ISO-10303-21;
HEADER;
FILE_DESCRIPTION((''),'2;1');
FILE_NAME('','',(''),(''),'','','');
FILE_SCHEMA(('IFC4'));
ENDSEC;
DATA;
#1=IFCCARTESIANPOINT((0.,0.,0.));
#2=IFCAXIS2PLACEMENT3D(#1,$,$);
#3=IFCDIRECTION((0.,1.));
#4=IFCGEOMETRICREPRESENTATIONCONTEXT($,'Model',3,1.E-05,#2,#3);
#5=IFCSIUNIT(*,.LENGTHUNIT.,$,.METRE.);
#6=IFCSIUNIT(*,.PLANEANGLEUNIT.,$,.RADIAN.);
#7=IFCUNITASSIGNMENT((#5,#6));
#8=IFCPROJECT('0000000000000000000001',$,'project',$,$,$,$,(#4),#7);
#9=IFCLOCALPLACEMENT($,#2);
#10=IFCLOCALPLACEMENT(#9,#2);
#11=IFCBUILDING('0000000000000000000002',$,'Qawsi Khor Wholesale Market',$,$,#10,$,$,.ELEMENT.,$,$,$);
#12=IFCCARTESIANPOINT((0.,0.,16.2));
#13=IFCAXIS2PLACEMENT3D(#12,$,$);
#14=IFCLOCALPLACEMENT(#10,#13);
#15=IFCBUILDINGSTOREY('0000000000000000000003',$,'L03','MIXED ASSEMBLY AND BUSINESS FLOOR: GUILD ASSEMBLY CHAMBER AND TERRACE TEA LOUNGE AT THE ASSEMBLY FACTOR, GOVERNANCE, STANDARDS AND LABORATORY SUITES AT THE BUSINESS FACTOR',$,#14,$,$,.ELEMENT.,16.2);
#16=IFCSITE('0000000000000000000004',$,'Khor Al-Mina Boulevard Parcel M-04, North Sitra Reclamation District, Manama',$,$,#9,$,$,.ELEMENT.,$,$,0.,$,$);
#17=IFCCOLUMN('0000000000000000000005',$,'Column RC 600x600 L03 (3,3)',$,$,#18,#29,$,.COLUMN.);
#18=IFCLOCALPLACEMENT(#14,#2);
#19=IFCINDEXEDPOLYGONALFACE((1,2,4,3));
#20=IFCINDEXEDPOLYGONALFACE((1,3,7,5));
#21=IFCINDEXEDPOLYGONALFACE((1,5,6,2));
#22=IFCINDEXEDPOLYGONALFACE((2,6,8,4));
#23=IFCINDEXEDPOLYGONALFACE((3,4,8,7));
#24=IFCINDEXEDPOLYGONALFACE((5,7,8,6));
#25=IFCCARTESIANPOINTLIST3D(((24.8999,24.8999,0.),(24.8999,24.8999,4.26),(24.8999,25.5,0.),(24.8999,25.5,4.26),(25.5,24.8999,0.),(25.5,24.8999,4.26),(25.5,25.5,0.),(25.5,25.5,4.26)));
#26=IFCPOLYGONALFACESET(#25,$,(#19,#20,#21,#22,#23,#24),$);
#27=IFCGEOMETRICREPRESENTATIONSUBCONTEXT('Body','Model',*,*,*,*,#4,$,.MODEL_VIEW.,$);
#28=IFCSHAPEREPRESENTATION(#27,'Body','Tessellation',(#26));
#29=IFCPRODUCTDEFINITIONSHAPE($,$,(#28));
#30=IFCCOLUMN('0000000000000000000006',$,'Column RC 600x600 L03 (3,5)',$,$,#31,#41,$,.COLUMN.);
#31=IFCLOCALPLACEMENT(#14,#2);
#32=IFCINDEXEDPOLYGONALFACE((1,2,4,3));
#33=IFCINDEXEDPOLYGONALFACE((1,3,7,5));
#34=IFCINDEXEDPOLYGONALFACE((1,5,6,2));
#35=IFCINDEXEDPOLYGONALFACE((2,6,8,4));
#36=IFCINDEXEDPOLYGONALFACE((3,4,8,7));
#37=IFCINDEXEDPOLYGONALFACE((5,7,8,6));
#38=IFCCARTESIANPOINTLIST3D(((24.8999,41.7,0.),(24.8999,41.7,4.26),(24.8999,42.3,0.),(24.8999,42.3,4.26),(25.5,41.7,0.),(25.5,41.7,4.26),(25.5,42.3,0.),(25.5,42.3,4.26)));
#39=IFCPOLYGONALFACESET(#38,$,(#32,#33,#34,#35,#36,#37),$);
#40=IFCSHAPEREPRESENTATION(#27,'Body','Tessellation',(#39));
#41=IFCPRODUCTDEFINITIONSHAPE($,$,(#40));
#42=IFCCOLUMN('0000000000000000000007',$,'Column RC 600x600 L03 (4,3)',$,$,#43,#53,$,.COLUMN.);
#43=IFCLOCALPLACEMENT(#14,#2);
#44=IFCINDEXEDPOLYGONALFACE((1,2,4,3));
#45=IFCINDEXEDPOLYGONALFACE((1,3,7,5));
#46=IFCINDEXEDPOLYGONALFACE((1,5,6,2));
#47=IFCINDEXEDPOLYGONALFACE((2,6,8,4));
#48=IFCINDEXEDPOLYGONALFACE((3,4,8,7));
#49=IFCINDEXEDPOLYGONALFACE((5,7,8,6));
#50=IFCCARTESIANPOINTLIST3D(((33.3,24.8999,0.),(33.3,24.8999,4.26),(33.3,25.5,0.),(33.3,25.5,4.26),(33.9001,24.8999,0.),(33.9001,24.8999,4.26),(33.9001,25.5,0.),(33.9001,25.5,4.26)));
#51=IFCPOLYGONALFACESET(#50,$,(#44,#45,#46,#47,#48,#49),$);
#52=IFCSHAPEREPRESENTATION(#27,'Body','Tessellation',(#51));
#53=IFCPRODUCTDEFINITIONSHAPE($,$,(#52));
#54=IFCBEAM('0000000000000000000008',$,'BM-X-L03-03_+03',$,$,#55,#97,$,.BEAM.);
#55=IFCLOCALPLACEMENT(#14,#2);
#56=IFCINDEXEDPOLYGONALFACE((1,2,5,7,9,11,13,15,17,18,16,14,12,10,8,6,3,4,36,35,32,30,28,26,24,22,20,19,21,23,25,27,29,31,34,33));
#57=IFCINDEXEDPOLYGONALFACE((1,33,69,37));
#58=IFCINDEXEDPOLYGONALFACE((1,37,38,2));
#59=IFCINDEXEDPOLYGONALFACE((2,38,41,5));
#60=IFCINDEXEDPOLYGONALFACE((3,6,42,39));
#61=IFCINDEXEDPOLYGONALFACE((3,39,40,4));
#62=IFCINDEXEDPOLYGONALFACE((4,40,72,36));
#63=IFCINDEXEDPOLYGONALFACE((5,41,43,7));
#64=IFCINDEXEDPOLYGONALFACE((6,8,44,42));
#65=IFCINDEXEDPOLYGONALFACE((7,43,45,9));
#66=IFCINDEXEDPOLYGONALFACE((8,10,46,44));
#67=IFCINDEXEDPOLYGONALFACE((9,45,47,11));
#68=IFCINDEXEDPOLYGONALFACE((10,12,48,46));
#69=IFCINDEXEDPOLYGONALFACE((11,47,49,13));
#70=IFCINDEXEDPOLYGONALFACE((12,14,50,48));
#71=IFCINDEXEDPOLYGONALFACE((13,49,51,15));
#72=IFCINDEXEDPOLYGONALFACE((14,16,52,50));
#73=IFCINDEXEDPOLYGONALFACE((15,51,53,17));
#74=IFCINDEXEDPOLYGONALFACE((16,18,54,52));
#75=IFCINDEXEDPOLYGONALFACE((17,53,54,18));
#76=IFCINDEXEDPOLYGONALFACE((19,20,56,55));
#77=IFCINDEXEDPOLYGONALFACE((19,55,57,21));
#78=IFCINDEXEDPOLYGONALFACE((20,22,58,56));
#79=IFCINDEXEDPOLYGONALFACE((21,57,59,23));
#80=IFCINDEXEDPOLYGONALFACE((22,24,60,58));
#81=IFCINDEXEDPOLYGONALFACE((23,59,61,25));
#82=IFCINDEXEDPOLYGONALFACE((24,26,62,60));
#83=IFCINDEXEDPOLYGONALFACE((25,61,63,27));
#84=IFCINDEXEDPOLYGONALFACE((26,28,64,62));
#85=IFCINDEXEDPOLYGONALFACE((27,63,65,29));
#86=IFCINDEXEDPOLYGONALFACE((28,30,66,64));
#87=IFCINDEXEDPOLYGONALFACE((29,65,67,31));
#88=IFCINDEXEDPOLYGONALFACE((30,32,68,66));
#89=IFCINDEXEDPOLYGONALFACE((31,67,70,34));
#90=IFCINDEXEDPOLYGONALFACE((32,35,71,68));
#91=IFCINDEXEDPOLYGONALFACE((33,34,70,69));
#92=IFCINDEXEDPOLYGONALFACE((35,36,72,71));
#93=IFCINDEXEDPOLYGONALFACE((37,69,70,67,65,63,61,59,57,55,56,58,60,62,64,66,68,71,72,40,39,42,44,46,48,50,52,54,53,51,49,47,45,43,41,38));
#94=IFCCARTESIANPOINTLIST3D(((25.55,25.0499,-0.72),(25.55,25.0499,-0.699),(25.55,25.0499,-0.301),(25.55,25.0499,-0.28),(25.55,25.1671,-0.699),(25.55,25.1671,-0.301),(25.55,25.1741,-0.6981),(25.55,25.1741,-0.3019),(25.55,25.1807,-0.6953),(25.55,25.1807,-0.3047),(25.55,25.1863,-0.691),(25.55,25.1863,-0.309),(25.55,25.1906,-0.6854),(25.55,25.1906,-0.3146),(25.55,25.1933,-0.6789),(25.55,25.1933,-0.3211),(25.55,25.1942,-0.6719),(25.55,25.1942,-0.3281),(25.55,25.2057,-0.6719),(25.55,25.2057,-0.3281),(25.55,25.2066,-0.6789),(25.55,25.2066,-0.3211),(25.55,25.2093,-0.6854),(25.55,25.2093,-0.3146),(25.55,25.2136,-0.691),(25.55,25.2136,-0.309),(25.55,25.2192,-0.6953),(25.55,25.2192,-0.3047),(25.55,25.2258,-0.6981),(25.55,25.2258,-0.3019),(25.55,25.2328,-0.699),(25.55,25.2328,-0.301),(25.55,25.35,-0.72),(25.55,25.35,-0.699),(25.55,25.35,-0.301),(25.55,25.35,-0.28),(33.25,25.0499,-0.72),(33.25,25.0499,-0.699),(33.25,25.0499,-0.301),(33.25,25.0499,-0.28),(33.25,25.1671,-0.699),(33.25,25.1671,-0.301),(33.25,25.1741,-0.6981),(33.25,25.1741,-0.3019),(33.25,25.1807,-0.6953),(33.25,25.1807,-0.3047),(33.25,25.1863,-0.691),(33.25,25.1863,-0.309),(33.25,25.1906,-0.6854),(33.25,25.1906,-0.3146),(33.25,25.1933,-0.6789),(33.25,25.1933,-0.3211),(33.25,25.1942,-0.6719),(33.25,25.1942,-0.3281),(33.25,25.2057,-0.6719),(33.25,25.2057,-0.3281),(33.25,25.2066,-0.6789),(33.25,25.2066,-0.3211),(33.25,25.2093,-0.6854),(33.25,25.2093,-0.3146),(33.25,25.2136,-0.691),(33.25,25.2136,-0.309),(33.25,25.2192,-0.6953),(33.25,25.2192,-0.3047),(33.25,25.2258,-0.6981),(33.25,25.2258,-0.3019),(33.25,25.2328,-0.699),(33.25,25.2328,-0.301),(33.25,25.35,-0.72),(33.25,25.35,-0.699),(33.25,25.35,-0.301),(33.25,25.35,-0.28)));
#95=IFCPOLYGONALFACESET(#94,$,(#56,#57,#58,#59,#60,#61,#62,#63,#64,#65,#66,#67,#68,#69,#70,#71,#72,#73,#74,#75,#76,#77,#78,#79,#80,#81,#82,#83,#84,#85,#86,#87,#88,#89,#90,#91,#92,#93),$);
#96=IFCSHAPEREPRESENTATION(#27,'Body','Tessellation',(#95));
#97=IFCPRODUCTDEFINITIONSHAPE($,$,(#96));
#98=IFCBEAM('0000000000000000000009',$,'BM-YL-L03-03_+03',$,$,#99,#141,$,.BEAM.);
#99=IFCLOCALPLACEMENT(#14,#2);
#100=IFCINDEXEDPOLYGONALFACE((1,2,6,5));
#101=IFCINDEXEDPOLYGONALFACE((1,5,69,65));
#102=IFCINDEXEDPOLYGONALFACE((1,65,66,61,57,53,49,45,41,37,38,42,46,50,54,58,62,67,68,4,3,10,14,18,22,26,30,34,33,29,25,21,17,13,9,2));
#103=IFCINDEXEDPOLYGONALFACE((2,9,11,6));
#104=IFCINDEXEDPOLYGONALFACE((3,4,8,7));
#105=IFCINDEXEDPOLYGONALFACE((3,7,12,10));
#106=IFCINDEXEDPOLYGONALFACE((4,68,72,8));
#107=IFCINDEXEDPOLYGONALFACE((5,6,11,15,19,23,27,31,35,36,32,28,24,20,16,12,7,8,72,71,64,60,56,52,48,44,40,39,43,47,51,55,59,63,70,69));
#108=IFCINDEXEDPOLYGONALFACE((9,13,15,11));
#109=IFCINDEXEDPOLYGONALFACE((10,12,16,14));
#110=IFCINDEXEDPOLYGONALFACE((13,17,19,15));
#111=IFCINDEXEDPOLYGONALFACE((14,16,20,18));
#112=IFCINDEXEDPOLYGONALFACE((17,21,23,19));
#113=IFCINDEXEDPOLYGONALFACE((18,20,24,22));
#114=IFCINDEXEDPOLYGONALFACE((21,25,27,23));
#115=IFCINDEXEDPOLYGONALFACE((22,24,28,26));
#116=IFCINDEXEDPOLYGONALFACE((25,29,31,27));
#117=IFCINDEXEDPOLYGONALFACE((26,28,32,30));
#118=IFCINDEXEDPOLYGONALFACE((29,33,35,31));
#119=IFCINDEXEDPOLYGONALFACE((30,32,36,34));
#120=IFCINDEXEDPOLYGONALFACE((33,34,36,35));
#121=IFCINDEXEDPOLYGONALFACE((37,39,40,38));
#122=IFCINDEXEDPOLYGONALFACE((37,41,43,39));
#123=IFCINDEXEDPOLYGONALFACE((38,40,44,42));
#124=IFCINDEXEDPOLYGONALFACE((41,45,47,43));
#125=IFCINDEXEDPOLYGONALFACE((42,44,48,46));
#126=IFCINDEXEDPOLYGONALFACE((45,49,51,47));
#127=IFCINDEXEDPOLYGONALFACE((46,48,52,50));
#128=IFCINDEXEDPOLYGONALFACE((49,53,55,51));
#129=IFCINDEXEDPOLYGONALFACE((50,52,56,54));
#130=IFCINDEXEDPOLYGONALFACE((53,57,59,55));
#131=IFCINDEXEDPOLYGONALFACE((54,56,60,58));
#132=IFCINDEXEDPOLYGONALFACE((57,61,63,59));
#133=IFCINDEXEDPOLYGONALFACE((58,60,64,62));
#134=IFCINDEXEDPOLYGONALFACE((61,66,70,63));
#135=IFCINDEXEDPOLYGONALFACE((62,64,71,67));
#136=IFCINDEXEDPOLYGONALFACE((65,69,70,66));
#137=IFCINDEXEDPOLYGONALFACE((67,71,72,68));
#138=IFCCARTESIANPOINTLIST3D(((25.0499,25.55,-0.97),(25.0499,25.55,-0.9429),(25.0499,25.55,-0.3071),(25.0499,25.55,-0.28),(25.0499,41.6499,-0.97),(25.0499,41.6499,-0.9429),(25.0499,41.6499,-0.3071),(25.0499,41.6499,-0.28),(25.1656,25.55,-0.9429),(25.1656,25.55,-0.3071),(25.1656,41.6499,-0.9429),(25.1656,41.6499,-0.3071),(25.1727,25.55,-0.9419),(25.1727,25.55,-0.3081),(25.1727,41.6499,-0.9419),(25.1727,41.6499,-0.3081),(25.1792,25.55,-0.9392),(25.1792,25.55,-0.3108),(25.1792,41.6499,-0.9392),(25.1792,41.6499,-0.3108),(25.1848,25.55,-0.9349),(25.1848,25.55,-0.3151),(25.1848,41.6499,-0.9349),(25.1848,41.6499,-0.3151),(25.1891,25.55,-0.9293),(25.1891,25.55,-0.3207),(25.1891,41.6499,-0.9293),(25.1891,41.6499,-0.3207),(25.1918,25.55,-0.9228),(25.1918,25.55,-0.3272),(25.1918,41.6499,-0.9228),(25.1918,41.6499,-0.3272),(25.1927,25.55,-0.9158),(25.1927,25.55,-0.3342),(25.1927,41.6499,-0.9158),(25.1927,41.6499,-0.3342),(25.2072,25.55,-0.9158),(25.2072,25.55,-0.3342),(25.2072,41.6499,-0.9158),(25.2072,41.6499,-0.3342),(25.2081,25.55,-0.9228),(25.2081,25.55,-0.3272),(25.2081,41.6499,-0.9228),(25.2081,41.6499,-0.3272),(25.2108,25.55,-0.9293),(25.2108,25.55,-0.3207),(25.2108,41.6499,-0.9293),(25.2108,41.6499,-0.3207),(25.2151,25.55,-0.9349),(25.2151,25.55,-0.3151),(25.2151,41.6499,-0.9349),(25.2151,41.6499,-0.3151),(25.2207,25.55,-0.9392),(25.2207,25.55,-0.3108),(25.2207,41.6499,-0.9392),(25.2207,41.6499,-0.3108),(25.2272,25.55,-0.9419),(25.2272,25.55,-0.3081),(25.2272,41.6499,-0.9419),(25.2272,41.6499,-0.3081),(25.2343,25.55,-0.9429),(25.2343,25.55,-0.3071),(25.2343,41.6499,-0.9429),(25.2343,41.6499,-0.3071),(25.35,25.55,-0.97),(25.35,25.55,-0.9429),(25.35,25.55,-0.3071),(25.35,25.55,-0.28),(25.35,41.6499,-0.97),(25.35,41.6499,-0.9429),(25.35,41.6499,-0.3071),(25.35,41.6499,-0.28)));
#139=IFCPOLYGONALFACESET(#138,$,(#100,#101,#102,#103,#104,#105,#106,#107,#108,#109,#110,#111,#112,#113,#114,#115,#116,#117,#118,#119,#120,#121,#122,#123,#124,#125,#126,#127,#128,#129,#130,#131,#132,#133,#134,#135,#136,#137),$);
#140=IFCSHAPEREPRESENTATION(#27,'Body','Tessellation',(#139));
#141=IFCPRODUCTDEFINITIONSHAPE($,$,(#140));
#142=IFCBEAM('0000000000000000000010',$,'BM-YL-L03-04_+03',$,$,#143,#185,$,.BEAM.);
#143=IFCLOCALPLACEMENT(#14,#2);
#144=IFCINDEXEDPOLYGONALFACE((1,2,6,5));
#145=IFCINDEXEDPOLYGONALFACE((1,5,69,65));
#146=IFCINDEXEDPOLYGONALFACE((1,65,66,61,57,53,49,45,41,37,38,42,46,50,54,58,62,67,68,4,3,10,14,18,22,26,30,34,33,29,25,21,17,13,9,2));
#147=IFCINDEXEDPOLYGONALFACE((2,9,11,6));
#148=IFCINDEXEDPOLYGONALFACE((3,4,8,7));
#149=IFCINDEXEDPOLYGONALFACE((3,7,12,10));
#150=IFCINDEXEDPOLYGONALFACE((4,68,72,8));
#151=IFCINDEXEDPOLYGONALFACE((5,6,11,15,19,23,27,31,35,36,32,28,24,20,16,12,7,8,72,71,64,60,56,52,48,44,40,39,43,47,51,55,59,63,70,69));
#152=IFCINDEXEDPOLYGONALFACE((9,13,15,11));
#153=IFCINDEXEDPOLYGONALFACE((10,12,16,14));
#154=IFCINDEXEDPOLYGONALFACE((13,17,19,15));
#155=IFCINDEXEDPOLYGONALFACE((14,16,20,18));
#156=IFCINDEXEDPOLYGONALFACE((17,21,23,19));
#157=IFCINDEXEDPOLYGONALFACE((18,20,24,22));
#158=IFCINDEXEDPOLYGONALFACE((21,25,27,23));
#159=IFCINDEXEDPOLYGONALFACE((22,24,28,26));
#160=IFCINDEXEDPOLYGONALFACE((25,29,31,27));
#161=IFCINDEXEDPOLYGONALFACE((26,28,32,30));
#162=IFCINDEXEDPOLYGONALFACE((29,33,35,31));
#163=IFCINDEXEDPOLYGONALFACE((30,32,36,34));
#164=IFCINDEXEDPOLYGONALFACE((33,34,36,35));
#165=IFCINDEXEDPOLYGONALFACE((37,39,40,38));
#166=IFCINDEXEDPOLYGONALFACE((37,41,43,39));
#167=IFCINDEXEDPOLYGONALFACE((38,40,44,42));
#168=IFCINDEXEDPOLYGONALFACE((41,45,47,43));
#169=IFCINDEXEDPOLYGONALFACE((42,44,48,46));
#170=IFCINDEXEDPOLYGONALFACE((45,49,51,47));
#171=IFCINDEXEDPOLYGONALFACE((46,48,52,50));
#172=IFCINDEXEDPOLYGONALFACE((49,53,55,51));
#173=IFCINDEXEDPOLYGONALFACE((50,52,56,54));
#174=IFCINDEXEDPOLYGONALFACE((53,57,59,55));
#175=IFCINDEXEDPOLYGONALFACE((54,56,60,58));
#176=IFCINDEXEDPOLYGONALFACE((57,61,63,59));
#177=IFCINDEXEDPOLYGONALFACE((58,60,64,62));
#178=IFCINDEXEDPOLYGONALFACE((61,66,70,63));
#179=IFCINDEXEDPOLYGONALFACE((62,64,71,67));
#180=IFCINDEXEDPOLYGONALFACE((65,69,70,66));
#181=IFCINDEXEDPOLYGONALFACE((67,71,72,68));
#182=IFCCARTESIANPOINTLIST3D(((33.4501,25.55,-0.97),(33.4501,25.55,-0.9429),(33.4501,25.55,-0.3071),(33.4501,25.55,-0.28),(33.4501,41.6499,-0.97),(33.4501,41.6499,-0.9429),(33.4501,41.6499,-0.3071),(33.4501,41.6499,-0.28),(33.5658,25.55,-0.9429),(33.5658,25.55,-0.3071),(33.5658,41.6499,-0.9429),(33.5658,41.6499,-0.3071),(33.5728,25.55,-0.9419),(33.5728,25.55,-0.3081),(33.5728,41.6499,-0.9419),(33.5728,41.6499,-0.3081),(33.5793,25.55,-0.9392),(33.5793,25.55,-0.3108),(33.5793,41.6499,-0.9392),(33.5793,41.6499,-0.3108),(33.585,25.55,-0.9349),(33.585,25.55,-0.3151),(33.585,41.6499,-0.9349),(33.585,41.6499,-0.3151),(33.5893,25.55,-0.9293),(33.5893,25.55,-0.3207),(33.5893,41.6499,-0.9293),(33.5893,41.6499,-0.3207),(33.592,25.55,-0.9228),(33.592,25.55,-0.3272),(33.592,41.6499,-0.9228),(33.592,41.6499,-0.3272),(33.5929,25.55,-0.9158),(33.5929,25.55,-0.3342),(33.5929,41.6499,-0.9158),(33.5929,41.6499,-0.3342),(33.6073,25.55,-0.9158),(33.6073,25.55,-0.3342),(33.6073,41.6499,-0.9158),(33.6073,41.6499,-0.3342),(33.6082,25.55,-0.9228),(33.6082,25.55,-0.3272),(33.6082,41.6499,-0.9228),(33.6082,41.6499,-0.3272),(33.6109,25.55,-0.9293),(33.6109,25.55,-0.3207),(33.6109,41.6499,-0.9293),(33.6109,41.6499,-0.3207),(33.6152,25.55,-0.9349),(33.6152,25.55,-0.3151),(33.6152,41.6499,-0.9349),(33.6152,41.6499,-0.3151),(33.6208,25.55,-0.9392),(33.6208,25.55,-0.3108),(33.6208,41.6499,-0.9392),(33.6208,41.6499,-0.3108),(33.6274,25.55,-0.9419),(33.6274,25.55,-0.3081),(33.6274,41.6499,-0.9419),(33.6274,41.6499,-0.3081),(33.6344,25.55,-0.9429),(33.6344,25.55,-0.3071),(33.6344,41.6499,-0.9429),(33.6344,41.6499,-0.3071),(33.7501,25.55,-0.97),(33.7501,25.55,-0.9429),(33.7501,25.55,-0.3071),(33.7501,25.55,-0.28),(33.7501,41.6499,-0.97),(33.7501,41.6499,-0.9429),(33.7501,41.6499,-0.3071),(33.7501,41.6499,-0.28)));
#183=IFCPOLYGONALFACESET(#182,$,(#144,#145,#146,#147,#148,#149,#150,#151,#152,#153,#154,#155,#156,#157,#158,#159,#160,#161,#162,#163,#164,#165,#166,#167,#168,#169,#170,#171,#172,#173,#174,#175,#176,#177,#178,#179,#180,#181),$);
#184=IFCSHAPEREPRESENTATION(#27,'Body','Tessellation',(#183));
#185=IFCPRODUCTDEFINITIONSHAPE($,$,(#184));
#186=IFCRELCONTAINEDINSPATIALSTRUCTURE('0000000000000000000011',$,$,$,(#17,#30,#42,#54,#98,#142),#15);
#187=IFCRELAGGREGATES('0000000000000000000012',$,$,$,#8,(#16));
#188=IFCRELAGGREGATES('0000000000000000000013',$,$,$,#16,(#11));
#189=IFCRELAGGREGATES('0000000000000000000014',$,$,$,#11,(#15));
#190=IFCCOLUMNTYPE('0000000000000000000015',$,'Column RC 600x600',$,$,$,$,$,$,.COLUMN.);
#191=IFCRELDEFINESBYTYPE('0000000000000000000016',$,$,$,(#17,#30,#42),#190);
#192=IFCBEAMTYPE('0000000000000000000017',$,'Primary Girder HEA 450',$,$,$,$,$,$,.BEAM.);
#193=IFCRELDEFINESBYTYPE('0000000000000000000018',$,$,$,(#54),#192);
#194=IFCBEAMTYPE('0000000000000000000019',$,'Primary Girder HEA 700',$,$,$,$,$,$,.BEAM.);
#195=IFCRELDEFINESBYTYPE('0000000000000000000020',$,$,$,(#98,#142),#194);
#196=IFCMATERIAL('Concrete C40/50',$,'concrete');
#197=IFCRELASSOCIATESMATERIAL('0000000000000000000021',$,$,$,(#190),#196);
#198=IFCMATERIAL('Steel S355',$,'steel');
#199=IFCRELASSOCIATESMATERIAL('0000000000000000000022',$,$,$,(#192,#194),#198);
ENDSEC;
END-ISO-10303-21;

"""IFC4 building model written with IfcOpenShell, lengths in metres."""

from ifc_helpers import new_model, si_unit, direction, frame, origin, origin_2d, place, context, subcontext, project, spatial, rectangle, i_section, extrude, material, material_profile, profile_set, type_object, element, save


model = new_model("IFC4")

# Units and contexts
model_context = context("Model", 3, precision=1e-05, world=origin(), true_north=direction((0.0, 1.0)))
body_context = subcontext(model_context, "Body", "Model", "MODEL_VIEW")
ifc_project = project(units=[si_unit("LENGTHUNIT", "METRE"), si_unit("PLANEANGLEUNIT", "RADIAN")], contexts=[model_context])

# Site, building, storey
site_placement = place(None, origin())
site = spatial("IfcSite", under=ifc_project, at=site_placement, Name="Khor Al-Mina Boulevard Parcel M-04, North Sitra Reclamation District, Manama", CompositionType="ELEMENT", RefElevation=0.0)
building_placement = place(site_placement, origin())
building = spatial("IfcBuilding", under=site, at=building_placement, Name="Qawsi Khor Wholesale Market", CompositionType="ELEMENT")
storey_placement = place(building_placement, frame((0.0, 0.0, 16.2)))
storey = spatial("IfcBuildingStorey", under=building, at=storey_placement, Name="L03", Description="MIXED ASSEMBLY AND BUSINESS FLOOR: GUILD ASSEMBLY CHAMBER AND TERRACE TEA LOUNGE AT THE ASSEMBLY FACTOR, GOVERNANCE, STANDARDS AND LABORATORY SUITES AT THE BUSINESS FACTOR", CompositionType="ELEMENT", Elevation=16.2)

# Columns
ifc_material_1 = material(Name="Concrete C40/50", Category="concrete")
ifc_material_profile_1 = material_profile(ifc_material_1, rectangle(XDim=0.6001, YDim=0.6001, at=origin_2d()), Name="RC 600x600")
ifc_profile_set_1 = profile_set([ifc_material_profile_1], Name="Concrete C40/50")
column_type = type_object("IfcColumnType", Name="Column RC 600x600", PredefinedType="COLUMN", material=ifc_profile_set_1)
for number, where, z_axis, x_axis, name in (
    (1, (25.2, 25.2, 0.0), (0.0, 0.0, 1.0), (1.0, 0.0, 0.0), "Column RC 600x600 L03 (3,3)"),
    (2, (25.2, 42.0, 0.0), (0.0, 0.0, 1.0), (1.0, 0.0, 0.0), "Column RC 600x600 L03 (3,5)"),
    (3, (33.6001, 25.2, 0.0), (0.0, 0.0, 1.0), (1.0, 0.0, 0.0), "Column RC 600x600 L03 (4,3)"),
):
    element("IfcColumn", number, at=place(storey_placement, frame(where, z_axis=z_axis, x_axis=x_axis)), inside=storey, type_object=column_type, Name=name, PredefinedType="COLUMN", context=body_context, shape_type="SweptSolid", body=[
        extrude(rectangle(XDim=0.6001, YDim=0.6001, at=origin_2d()), origin(), (0.0, 0.0, 1.0), 4.26),
    ])

# Beams
ifc_material_2 = material(Name="Steel S355", Category="steel")
ifc_material_profile_2 = material_profile(ifc_material_2, i_section(OverallWidth=0.3, OverallDepth=0.4399, WebThickness=0.0115, FlangeThickness=0.021, FilletRadius=0.0271, at=origin_2d()), Name="HEA 450")
ifc_profile_set_2 = profile_set([ifc_material_profile_2], Name="Steel S355")
beam_type_1 = type_object("IfcBeamType", Name="Primary Girder HEA 450", PredefinedType="BEAM", material=ifc_profile_set_2)
beam_placement = place(storey_placement, frame((25.55, 25.2, -0.5), z_axis=(1.0, 0.0, 0.0), x_axis=(0.0, 1.0, 0.0)))
element("IfcBeam", 4, at=beam_placement, inside=storey, type_object=beam_type_1, Name="BM-X-L03-03_+03", PredefinedType="BEAM", context=body_context, shape_type="SweptSolid", body=[
    extrude(i_section(OverallWidth=0.3, OverallDepth=0.4399, WebThickness=0.0115, FlangeThickness=0.021, FilletRadius=0.0271, at=origin_2d()), origin(), (0.0, 0.0, 1.0), 7.7),
])
ifc_material_profile_3 = material_profile(ifc_material_2, i_section(OverallWidth=0.3, OverallDepth=0.6899, WebThickness=0.0144, FlangeThickness=0.0271, FilletRadius=0.0271, at=origin_2d()), Name="HEA 700")
ifc_profile_set_3 = profile_set([ifc_material_profile_3], Name="Steel S355")
beam_type_2 = type_object("IfcBeamType", Name="Primary Girder HEA 700", PredefinedType="BEAM", material=ifc_profile_set_3)
for number, where, z_axis, x_axis, name in (
    (5, (25.2, 25.55, -0.625), (0.0, 1.0, 0.0), (-1.0, 0.0, 0.0), "BM-YL-L03-03_+03"),
    (6, (33.6001, 25.55, -0.625), (0.0, 1.0, 0.0), (-1.0, 0.0, 0.0), "BM-YL-L03-04_+03"),
):
    element("IfcBeam", number, at=place(storey_placement, frame(where, z_axis=z_axis, x_axis=x_axis)), inside=storey, type_object=beam_type_2, Name=name, PredefinedType="BEAM", context=body_context, shape_type="SweptSolid", body=[
        extrude(i_section(OverallWidth=0.3, OverallDepth=0.6899, WebThickness=0.0144, FlangeThickness=0.0271, FilletRadius=0.0271, at=origin_2d()), origin(), (0.0, 0.0, 1.0), 16.0999),
    ])

save(model, "model.ifc")
